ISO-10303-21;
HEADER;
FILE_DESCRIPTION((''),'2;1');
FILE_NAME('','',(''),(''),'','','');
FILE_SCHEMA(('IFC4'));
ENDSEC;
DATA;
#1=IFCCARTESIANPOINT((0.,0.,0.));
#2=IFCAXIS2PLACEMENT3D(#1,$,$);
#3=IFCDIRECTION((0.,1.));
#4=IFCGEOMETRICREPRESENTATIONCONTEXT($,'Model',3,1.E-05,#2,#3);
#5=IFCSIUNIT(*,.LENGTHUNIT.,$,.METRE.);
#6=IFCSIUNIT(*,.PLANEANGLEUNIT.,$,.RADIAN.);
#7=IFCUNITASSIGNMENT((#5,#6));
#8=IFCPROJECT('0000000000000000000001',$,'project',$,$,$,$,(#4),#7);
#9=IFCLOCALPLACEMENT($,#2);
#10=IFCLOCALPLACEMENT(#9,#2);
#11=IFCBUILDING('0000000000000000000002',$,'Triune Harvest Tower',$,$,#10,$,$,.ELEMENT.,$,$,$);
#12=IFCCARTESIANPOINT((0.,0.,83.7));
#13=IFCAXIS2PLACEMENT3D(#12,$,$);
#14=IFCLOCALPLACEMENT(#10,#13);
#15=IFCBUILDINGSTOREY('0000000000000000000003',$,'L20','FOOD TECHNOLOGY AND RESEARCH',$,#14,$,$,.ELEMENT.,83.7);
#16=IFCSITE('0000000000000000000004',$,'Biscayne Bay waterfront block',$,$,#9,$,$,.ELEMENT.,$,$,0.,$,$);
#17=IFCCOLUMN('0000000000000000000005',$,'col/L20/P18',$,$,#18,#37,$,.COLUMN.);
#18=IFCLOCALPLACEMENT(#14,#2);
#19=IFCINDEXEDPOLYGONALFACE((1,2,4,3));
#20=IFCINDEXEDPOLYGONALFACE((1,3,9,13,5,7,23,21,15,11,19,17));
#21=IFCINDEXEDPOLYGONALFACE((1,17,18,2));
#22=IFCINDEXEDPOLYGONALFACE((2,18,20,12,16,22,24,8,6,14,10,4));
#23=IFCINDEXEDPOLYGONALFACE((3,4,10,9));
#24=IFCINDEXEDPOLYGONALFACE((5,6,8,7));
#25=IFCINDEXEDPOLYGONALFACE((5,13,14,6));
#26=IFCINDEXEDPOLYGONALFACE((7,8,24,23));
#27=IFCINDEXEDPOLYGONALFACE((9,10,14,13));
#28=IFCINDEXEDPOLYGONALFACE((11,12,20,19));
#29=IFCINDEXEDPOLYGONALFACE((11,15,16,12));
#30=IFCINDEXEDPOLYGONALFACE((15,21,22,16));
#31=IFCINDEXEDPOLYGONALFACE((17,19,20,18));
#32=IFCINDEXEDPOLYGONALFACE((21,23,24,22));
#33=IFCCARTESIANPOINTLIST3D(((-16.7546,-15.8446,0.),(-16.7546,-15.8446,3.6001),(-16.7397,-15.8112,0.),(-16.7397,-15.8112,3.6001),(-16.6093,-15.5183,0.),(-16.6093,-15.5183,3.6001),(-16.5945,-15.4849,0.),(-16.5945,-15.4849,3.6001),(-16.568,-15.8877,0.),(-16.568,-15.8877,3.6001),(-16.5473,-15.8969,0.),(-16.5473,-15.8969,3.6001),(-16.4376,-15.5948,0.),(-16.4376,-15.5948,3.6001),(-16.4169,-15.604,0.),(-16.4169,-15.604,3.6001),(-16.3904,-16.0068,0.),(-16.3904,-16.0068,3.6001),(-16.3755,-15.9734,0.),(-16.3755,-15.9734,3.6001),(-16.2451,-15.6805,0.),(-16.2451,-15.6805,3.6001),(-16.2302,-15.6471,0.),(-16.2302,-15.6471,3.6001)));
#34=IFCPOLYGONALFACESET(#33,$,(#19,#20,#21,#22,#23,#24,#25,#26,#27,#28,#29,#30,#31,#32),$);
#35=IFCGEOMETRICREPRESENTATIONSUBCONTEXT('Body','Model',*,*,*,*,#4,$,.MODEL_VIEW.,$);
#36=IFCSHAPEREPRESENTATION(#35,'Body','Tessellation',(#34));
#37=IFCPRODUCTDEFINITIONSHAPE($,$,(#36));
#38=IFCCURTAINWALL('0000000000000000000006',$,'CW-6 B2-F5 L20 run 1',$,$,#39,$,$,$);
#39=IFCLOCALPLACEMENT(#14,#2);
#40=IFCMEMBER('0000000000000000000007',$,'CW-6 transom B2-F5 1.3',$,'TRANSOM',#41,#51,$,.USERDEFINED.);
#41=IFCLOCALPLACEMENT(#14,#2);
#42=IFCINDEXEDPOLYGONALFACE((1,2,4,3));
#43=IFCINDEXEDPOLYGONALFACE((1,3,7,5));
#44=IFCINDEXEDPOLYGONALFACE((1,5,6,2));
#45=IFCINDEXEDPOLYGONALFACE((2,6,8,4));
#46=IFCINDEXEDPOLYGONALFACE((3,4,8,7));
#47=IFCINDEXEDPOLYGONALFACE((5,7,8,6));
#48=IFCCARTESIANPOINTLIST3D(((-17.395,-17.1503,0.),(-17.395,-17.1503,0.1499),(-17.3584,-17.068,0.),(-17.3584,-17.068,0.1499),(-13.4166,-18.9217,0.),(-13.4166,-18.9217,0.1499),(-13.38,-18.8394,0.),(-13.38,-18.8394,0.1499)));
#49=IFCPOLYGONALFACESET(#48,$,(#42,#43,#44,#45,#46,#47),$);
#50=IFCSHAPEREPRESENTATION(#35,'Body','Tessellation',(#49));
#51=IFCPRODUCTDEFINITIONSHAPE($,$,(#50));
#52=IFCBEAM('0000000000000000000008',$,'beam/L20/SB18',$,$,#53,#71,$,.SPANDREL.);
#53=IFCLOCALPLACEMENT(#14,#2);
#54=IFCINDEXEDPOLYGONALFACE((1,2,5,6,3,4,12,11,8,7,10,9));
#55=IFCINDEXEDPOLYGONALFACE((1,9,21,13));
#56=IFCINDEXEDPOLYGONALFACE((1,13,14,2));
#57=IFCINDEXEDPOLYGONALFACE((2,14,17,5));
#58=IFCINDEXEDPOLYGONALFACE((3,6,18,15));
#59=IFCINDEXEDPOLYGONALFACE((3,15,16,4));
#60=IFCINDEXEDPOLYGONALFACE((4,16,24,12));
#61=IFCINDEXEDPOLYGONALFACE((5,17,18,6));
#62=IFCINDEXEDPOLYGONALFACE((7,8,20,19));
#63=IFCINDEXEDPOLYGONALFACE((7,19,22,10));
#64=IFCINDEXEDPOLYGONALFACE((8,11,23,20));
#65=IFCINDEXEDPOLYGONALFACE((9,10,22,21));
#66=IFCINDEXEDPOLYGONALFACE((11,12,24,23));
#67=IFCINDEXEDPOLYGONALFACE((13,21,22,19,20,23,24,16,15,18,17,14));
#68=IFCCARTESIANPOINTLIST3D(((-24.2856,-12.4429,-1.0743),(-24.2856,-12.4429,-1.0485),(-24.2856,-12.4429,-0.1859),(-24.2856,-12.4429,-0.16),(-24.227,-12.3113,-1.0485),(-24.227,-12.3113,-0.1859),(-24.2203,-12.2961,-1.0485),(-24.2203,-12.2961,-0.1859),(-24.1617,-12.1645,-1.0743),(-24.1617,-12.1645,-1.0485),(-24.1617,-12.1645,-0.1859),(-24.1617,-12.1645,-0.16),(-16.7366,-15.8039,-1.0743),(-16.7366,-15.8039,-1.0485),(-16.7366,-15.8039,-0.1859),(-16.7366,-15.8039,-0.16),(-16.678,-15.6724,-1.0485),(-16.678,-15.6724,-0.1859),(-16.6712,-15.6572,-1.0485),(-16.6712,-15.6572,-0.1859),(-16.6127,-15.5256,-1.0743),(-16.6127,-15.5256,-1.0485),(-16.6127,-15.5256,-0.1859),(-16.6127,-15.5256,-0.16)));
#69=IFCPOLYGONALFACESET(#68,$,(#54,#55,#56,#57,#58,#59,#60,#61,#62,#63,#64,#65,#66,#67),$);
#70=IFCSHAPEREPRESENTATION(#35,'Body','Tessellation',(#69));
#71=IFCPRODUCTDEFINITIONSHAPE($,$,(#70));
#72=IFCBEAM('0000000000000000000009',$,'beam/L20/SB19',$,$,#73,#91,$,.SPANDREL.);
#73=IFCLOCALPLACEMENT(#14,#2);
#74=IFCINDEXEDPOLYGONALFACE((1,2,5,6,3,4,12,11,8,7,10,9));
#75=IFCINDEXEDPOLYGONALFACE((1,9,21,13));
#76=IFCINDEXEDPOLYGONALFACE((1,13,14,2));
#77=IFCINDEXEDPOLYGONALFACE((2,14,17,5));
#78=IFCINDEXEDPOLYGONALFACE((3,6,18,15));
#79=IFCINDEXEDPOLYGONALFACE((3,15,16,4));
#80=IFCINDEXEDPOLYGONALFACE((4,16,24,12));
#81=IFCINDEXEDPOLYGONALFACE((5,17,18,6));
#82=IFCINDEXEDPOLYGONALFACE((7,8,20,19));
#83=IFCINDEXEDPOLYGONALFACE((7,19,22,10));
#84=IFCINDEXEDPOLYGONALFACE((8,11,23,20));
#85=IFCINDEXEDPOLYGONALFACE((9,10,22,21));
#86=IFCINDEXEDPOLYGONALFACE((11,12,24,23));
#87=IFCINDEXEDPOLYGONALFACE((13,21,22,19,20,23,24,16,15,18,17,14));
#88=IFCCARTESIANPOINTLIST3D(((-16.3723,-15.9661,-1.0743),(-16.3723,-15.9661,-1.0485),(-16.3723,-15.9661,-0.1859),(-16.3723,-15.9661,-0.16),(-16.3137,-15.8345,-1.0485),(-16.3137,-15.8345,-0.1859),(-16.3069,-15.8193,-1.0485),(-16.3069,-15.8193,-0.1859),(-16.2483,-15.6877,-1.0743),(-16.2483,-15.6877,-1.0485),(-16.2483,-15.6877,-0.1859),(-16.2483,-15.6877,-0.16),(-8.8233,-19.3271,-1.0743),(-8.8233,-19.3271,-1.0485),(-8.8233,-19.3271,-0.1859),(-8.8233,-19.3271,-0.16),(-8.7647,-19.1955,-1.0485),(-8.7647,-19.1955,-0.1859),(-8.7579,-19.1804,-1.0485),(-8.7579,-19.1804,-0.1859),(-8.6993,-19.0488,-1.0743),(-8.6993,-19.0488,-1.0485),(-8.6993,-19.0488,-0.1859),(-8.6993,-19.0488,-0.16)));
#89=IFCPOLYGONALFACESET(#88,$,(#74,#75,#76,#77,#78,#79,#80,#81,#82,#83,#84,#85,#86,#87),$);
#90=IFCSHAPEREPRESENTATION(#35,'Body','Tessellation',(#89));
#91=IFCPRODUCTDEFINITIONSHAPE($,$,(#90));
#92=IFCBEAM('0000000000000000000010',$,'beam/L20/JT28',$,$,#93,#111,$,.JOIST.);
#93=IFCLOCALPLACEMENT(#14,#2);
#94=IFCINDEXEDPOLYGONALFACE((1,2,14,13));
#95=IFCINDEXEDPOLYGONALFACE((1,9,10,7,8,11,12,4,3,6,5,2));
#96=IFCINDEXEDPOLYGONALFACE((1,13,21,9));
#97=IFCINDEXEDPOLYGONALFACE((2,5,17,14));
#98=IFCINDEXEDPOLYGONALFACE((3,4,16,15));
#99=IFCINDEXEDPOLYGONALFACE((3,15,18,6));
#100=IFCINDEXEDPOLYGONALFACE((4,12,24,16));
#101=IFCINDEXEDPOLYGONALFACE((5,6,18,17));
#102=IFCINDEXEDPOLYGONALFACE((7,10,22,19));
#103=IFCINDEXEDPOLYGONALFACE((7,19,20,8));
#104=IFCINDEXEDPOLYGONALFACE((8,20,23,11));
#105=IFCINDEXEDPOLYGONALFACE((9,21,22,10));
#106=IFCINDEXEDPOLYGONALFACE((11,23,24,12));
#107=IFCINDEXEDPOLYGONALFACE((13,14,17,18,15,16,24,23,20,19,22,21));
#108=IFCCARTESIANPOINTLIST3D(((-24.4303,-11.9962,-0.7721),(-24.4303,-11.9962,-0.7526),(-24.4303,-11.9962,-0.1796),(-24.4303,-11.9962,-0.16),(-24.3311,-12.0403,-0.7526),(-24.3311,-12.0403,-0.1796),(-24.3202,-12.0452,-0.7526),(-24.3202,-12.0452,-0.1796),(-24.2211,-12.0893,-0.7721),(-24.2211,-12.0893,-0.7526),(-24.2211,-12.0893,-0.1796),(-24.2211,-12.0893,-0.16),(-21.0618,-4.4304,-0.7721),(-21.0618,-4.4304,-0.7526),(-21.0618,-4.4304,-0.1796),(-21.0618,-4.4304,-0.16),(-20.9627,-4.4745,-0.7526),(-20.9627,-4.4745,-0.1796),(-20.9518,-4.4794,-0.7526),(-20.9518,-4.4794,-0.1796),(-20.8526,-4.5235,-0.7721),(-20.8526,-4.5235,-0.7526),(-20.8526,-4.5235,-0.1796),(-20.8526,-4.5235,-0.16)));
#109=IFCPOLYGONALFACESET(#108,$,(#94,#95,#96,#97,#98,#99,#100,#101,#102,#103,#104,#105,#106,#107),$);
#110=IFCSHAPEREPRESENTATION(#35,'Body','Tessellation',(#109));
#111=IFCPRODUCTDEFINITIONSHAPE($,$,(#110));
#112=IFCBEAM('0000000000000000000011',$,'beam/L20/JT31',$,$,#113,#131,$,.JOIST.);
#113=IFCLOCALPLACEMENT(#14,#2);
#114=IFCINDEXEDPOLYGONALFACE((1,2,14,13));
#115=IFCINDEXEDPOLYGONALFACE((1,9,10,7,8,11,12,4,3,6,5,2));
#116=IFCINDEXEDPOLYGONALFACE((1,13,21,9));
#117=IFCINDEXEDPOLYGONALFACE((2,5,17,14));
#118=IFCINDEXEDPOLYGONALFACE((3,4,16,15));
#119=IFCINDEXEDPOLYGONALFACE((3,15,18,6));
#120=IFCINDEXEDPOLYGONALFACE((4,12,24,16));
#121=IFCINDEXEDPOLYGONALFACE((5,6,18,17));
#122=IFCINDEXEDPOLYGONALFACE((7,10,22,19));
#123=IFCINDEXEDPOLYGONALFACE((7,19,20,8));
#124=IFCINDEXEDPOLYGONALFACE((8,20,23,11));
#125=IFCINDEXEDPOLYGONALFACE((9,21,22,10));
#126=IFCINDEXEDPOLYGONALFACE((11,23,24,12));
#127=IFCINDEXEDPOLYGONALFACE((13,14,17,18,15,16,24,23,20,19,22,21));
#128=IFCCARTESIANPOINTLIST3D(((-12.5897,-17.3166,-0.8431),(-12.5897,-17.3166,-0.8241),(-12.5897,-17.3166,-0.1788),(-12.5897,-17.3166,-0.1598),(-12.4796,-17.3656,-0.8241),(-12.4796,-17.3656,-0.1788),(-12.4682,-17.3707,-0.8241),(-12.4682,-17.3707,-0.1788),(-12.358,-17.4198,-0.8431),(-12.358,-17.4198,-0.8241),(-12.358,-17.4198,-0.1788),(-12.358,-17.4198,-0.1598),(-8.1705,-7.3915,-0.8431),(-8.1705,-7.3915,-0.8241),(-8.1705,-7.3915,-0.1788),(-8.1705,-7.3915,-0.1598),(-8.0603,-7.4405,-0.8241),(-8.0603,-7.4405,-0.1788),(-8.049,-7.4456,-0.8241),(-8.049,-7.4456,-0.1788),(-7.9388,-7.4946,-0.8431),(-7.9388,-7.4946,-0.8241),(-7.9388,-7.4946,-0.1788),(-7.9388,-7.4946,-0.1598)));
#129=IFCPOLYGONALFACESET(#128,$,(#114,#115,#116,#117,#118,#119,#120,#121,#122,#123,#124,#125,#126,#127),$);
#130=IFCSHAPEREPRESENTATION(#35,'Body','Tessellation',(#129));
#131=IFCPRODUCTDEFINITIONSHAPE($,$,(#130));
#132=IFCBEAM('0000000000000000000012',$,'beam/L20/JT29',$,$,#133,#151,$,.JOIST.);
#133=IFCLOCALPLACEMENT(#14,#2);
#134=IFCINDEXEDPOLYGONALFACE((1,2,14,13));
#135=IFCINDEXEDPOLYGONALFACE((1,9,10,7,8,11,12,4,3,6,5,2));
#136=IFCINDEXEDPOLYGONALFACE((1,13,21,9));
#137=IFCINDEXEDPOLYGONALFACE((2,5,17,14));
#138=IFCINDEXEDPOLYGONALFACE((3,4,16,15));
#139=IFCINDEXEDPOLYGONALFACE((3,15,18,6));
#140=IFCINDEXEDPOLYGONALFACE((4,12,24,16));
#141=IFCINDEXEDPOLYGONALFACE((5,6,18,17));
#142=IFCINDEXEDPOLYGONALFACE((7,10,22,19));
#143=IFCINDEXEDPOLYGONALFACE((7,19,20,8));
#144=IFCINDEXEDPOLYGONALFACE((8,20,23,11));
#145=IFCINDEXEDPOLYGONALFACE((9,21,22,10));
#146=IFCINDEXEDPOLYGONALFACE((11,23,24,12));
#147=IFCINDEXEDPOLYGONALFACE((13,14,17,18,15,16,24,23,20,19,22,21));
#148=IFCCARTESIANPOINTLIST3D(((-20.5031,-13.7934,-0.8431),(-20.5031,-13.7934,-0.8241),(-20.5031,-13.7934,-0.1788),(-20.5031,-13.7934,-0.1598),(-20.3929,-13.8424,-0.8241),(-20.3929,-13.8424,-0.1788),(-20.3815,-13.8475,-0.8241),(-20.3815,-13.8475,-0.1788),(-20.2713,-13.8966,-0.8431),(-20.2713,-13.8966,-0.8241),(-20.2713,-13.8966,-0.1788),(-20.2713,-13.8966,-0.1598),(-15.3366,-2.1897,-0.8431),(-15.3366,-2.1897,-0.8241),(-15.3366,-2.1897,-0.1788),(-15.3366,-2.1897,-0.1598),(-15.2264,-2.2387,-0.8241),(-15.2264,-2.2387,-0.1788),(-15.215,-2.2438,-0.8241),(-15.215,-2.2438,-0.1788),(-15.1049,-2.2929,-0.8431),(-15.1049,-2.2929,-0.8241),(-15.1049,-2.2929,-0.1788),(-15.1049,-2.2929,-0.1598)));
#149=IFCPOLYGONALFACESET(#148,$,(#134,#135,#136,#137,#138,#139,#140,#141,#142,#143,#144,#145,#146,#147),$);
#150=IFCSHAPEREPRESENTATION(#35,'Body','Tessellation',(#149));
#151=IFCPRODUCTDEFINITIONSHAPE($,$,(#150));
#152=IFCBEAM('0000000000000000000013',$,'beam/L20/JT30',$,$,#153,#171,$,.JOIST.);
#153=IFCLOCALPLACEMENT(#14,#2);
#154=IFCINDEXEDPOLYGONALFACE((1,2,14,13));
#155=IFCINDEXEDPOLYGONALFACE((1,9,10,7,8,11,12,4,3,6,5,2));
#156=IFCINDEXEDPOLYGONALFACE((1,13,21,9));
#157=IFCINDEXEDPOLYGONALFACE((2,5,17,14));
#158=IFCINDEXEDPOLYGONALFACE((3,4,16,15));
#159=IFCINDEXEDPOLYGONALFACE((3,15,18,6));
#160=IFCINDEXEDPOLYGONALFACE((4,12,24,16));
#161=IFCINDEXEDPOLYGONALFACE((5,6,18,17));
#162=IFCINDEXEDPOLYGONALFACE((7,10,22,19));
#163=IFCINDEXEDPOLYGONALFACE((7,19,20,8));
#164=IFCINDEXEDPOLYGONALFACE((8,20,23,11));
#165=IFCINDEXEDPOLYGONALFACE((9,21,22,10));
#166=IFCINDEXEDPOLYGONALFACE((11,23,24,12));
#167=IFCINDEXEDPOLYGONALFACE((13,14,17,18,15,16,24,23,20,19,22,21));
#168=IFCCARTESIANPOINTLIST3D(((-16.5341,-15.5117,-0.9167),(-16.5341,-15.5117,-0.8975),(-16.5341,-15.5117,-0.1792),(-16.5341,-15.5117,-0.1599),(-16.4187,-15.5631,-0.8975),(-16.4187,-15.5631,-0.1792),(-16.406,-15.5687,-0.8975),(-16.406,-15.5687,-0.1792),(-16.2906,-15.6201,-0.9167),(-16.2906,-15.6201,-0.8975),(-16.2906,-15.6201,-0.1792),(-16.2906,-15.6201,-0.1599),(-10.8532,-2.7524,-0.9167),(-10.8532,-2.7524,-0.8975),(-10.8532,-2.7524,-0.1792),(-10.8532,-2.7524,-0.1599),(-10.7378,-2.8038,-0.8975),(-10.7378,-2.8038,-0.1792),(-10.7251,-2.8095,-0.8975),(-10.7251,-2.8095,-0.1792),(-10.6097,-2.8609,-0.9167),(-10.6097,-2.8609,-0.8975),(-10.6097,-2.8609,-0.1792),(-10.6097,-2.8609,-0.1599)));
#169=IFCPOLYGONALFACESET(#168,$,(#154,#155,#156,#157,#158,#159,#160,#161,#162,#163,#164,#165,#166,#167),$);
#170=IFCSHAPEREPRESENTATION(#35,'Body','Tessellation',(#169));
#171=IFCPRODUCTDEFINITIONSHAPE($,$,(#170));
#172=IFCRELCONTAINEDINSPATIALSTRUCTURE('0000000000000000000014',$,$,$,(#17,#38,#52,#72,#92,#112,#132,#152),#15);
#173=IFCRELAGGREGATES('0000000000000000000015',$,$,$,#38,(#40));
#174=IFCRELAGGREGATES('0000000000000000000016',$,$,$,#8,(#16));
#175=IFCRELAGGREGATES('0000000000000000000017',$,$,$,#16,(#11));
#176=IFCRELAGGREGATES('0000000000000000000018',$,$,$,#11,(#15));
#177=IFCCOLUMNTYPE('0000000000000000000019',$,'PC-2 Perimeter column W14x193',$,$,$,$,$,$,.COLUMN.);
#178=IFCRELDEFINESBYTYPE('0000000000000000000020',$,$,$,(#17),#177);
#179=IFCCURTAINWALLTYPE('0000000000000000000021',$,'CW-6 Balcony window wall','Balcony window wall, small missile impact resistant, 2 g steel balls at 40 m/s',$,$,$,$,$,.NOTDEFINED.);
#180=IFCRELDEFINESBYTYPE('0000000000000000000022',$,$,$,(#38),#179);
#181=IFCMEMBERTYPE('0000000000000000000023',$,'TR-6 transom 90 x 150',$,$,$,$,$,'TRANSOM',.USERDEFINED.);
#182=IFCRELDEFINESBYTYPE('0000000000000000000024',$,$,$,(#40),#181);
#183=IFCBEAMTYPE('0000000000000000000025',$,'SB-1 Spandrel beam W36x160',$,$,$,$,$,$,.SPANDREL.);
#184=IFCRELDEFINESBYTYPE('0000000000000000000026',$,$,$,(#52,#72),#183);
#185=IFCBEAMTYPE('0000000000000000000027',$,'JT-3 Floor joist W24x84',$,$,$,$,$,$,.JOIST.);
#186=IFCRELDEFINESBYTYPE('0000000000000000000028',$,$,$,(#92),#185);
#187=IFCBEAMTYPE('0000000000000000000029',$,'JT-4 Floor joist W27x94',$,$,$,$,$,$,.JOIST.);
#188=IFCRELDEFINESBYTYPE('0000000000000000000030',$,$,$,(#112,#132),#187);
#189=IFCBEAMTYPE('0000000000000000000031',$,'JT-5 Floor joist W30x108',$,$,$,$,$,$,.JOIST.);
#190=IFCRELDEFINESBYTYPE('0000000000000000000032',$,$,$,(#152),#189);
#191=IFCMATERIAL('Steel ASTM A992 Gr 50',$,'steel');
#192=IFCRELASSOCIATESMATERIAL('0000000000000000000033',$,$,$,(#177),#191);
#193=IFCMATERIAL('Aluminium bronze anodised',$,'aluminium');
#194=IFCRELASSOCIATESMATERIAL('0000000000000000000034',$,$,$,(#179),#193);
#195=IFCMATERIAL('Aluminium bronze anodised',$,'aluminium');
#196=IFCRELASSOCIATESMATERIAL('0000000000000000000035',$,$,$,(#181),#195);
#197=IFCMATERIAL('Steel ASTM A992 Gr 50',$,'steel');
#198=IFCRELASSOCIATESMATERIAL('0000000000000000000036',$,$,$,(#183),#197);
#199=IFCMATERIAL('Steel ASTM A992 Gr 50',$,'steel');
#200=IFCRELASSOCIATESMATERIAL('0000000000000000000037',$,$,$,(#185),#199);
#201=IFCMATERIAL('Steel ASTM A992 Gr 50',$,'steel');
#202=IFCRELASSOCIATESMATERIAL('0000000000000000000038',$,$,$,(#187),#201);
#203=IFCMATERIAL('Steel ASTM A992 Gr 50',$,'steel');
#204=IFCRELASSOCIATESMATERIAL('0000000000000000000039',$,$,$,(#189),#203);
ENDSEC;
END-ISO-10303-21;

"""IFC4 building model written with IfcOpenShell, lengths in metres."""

from ifc_helpers import new_model, si_unit, direction, frame, origin, origin_2d, place, context, subcontext, project, spatial, rectangle, i_section, extrude, source, transform, mapped, material, material_profile, profile_set, type_object, element, aggregate, save


model = new_model("IFC4")

# Units and contexts
model_context = context("Model", 3, precision=1e-05, world=origin(), true_north=direction((0.0, 1.0)))
body_context = subcontext(model_context, "Body", "Model", "MODEL_VIEW")
ifc_project = project(units=[si_unit("LENGTHUNIT", "METRE"), si_unit("PLANEANGLEUNIT", "RADIAN")], contexts=[model_context])

# Site, building, storey
site_placement = place(None, origin())
site = spatial("IfcSite", under=ifc_project, at=site_placement, Name="Biscayne Bay waterfront block", CompositionType="ELEMENT", RefElevation=0.0)
building_placement = place(site_placement, origin())
building = spatial("IfcBuilding", under=site, at=building_placement, Name="Triune Harvest Tower", CompositionType="ELEMENT")
storey_placement = place(building_placement, frame((0.0, 0.0, 83.7)))
storey = spatial("IfcBuildingStorey", under=building, at=storey_placement, Name="L20", Description="FOOD TECHNOLOGY AND RESEARCH", CompositionType="ELEMENT", Elevation=83.7)

# Column
ifc_material_1 = material(Name="Steel ASTM A992 Gr 50", Category="steel")
ifc_material_profile_1 = material_profile(ifc_material_1, i_section(OverallWidth=0.3987, OverallDepth=0.3938, WebThickness=0.0227, FlangeThickness=0.0366, at=origin_2d()), Name="W14x193")
ifc_profile_set_1 = profile_set([ifc_material_profile_1], Name="Steel ASTM A992 Gr 50")
column_type = type_object("IfcColumnType", Name="PC-2 Perimeter column W14x193", PredefinedType="COLUMN", material=ifc_profile_set_1)
shared_shape_1 = source(origin(), body_context, "Body", "SweptSolid", [
    extrude(i_section(OverallWidth=0.3987, OverallDepth=0.3938, WebThickness=0.0227, FlangeThickness=0.0366, at=origin_2d()), origin(), (0.0, 0.0, 1.0), 3.6001),
])
column_placement = place(storey_placement, frame((-16.4924, -15.7458, 0.0), z_axis=(0.0, 0.0, 1.0), x_axis=(0.913545, -0.406737, 0.0)))
element("IfcColumn", 1, at=column_placement, inside=storey, type_object=column_type, Name="col/L20/P18", PredefinedType="COLUMN", context=body_context, shape_type="MappedRepresentation", body=[
    mapped(shared_shape_1, transform((0.0, 0.0, 0.0), scale=1.0)),
])

# Curtain wall, member
ifc_material_2 = material(Name="Aluminium bronze anodised", Category="aluminium")
curtain_wall_type = type_object("IfcCurtainWallType", Name="CW-6 Balcony window wall", Description="Balcony window wall, small missile impact resistant, 2 g steel balls at 40 m/s", PredefinedType="NOTDEFINED", material=ifc_material_2)
curtain_wall_placement = place(storey_placement, origin())
curtain_wall = element("IfcCurtainWall", 2, at=curtain_wall_placement, inside=storey, type_object=curtain_wall_type, Name="CW-6 B2-F5 L20 run 1")
ifc_material_3 = material(Name="Aluminium bronze anodised", Category="aluminium")
ifc_material_profile_2 = material_profile(ifc_material_3, rectangle(XDim=0.0901, YDim=0.1499, at=origin_2d()), Name="TR-6 transom 90 x 150")
ifc_profile_set_2 = profile_set([ifc_material_profile_2], Name="Aluminium bronze anodised")
member_type_1 = type_object("IfcMemberType", Name="TR-6 transom 90 x 150", ElementType="TRANSOM", PredefinedType="USERDEFINED", material=ifc_profile_set_2)
member_1_placement = place(storey_placement, frame((-17.3767, -17.1091, 0.075), z_axis=(0.913534, -0.406763, 0.0), x_axis=(0.406763, 0.913534, 0.0)))
member_1 = element("IfcMember", 3, at=member_1_placement, type_object=member_type_1, Name="CW-6 transom B2-F5 1.3", ObjectType="TRANSOM", PredefinedType="USERDEFINED", context=body_context, shape_type="SweptSolid", body=[
    extrude(rectangle(XDim=0.0901, YDim=0.1499, at=origin_2d()), origin(), (0.0, 0.0, 1.0), 4.355),
])

# Beams
ifc_material_4 = material(Name="Steel ASTM A992 Gr 50", Category="steel")
ifc_material_profile_3 = material_profile(ifc_material_4, i_section(OverallWidth=0.3047, OverallDepth=0.9143, WebThickness=0.0166, FlangeThickness=0.0259, at=origin_2d()), Name="W36x160")
ifc_profile_set_3 = profile_set([ifc_material_profile_3], Name="Steel ASTM A992 Gr 50")
beam_type_1 = type_object("IfcBeamType", Name="SB-1 Spandrel beam W36x160", PredefinedType="SPANDREL", material=ifc_profile_set_3)
shared_shape_2 = source(origin(), body_context, "Body", "SweptSolid", [
    extrude(i_section(OverallWidth=0.3047, OverallDepth=0.9143, WebThickness=0.0166, FlangeThickness=0.0259, at=origin_2d()), origin(), (0.0, 0.0, 1.0), 8.2634),
])
for number, where, z_axis, x_axis, name in (
    (4, (-24.2236, -12.3037, -0.6172), (0.913545, -0.406739, 0.0), (0.406739, 0.913545, 0.0), "beam/L20/SB18"),
    (5, (-16.3103, -15.8269, -0.6172), (0.913545, -0.406739, 0.0), (0.406739, 0.913545, 0.0), "beam/L20/SB19"),
):
    element("IfcBeam", number, at=place(storey_placement, frame(where, z_axis=z_axis, x_axis=x_axis)), inside=storey, type_object=beam_type_1, Name=name, PredefinedType="SPANDREL", context=body_context, shape_type="MappedRepresentation", body=[
        mapped(shared_shape_2, transform((0.0, 0.0, 0.0), scale=1.0)),
    ])
ifc_material_5 = material(Name="Steel ASTM A992 Gr 50", Category="steel")
ifc_material_profile_4 = material_profile(ifc_material_5, i_section(OverallWidth=0.229, OverallDepth=0.6121, WebThickness=0.012, FlangeThickness=0.0195, at=origin_2d()), Name="W24x84")
ifc_profile_set_4 = profile_set([ifc_material_profile_4], Name="Steel ASTM A992 Gr 50")
beam_type_2 = type_object("IfcBeamType", Name="JT-3 Floor joist W24x84", PredefinedType="JOIST", material=ifc_profile_set_4)
shared_shape_3 = source(origin(), body_context, "Body", "SweptSolid", [
    extrude(i_section(OverallWidth=0.229, OverallDepth=0.6121, WebThickness=0.012, FlangeThickness=0.0195, at=origin_2d()), origin(), (0.0, 0.0, 1.0), 8.2817),
])
beam_1_placement = place(storey_placement, frame((-24.3257, -12.0427, -0.4661), z_axis=(0.406732, 0.913548, 0.0), x_axis=(-0.913548, 0.406732, 0.0)))
element("IfcBeam", 6, at=beam_1_placement, inside=storey, type_object=beam_type_2, Name="beam/L20/JT28", PredefinedType="JOIST", context=body_context, shape_type="MappedRepresentation", body=[
    mapped(shared_shape_3, transform((0.0, 0.0, 0.0), scale=1.0)),
])
ifc_material_6 = material(Name="Steel ASTM A992 Gr 50", Category="steel")
ifc_material_profile_5 = material_profile(ifc_material_6, i_section(OverallWidth=0.2537, OverallDepth=0.6833, WebThickness=0.0125, FlangeThickness=0.019, at=origin_2d()), Name="W27x94")
ifc_profile_set_5 = profile_set([ifc_material_profile_5], Name="Steel ASTM A992 Gr 50")
beam_type_3 = type_object("IfcBeamType", Name="JT-4 Floor joist W27x94", PredefinedType="JOIST", material=ifc_profile_set_5)
shared_shape_4 = source(origin(), body_context, "Body", "SweptSolid", [
    extrude(i_section(OverallWidth=0.2537, OverallDepth=0.6833, WebThickness=0.0125, FlangeThickness=0.019, at=origin_2d()), origin(), (0.0, 0.0, 1.0), 10.8645),
])
beam_2_placement = place(storey_placement, frame((-12.4739, -17.3682, -0.5015), z_axis=(0.406758, 0.913536, 0.0), x_axis=(-0.913536, 0.406758, 0.0)))
element("IfcBeam", 7, at=beam_2_placement, inside=storey, type_object=beam_type_3, Name="beam/L20/JT31", PredefinedType="JOIST", context=body_context, shape_type="MappedRepresentation", body=[
    mapped(shared_shape_4, transform((0.0, 0.0, 0.0), scale=1.0)),
])
shared_shape_5 = source(origin(), body_context, "Body", "SweptSolid", [
    extrude(i_section(OverallWidth=0.2537, OverallDepth=0.6833, WebThickness=0.0125, FlangeThickness=0.019, at=origin_2d()), origin(), (0.0, 0.0, 1.0), 12.7019),
])
beam_3_placement = place(storey_placement, frame((-20.3872, -13.845, -0.5015), z_axis=(0.406748, 0.91354, 0.0), x_axis=(-0.91354, 0.406748, 0.0)))
element("IfcBeam", 8, at=beam_3_placement, inside=storey, type_object=beam_type_3, Name="beam/L20/JT29", PredefinedType="JOIST", context=body_context, shape_type="MappedRepresentation", body=[
    mapped(shared_shape_5, transform((0.0, 0.0, 0.0), scale=1.0)),
])
ifc_material_7 = material(Name="Steel ASTM A992 Gr 50", Category="steel")
ifc_material_profile_6 = material_profile(ifc_material_7, i_section(OverallWidth=0.2666, OverallDepth=0.7568, WebThickness=0.0139, FlangeThickness=0.0193, at=origin_2d()), Name="W30x108")
ifc_profile_set_6 = profile_set([ifc_material_profile_6], Name="Steel ASTM A992 Gr 50")
beam_type_4 = type_object("IfcBeamType", Name="JT-5 Floor joist W30x108", PredefinedType="JOIST", material=ifc_profile_set_6)
shared_shape_6 = source(origin(), body_context, "Body", "SweptSolid", [
    extrude(i_section(OverallWidth=0.2666, OverallDepth=0.7568, WebThickness=0.0139, FlangeThickness=0.0193, at=origin_2d()), origin(), (0.0, 0.0, 1.0), 13.9668),
])
beam_4_placement = place(storey_placement, frame((-16.4124, -15.5659, -0.5383), z_axis=(0.406743, 0.913542, 0.0), x_axis=(-0.913542, 0.406743, 0.0)))
element("IfcBeam", 9, at=beam_4_placement, inside=storey, type_object=beam_type_4, Name="beam/L20/JT30", PredefinedType="JOIST", context=body_context, shape_type="MappedRepresentation", body=[
    mapped(shared_shape_6, transform((0.0, 0.0, 0.0), scale=1.0)),
])

aggregate(curtain_wall, [member_1])

save(model, "model.ifc")
